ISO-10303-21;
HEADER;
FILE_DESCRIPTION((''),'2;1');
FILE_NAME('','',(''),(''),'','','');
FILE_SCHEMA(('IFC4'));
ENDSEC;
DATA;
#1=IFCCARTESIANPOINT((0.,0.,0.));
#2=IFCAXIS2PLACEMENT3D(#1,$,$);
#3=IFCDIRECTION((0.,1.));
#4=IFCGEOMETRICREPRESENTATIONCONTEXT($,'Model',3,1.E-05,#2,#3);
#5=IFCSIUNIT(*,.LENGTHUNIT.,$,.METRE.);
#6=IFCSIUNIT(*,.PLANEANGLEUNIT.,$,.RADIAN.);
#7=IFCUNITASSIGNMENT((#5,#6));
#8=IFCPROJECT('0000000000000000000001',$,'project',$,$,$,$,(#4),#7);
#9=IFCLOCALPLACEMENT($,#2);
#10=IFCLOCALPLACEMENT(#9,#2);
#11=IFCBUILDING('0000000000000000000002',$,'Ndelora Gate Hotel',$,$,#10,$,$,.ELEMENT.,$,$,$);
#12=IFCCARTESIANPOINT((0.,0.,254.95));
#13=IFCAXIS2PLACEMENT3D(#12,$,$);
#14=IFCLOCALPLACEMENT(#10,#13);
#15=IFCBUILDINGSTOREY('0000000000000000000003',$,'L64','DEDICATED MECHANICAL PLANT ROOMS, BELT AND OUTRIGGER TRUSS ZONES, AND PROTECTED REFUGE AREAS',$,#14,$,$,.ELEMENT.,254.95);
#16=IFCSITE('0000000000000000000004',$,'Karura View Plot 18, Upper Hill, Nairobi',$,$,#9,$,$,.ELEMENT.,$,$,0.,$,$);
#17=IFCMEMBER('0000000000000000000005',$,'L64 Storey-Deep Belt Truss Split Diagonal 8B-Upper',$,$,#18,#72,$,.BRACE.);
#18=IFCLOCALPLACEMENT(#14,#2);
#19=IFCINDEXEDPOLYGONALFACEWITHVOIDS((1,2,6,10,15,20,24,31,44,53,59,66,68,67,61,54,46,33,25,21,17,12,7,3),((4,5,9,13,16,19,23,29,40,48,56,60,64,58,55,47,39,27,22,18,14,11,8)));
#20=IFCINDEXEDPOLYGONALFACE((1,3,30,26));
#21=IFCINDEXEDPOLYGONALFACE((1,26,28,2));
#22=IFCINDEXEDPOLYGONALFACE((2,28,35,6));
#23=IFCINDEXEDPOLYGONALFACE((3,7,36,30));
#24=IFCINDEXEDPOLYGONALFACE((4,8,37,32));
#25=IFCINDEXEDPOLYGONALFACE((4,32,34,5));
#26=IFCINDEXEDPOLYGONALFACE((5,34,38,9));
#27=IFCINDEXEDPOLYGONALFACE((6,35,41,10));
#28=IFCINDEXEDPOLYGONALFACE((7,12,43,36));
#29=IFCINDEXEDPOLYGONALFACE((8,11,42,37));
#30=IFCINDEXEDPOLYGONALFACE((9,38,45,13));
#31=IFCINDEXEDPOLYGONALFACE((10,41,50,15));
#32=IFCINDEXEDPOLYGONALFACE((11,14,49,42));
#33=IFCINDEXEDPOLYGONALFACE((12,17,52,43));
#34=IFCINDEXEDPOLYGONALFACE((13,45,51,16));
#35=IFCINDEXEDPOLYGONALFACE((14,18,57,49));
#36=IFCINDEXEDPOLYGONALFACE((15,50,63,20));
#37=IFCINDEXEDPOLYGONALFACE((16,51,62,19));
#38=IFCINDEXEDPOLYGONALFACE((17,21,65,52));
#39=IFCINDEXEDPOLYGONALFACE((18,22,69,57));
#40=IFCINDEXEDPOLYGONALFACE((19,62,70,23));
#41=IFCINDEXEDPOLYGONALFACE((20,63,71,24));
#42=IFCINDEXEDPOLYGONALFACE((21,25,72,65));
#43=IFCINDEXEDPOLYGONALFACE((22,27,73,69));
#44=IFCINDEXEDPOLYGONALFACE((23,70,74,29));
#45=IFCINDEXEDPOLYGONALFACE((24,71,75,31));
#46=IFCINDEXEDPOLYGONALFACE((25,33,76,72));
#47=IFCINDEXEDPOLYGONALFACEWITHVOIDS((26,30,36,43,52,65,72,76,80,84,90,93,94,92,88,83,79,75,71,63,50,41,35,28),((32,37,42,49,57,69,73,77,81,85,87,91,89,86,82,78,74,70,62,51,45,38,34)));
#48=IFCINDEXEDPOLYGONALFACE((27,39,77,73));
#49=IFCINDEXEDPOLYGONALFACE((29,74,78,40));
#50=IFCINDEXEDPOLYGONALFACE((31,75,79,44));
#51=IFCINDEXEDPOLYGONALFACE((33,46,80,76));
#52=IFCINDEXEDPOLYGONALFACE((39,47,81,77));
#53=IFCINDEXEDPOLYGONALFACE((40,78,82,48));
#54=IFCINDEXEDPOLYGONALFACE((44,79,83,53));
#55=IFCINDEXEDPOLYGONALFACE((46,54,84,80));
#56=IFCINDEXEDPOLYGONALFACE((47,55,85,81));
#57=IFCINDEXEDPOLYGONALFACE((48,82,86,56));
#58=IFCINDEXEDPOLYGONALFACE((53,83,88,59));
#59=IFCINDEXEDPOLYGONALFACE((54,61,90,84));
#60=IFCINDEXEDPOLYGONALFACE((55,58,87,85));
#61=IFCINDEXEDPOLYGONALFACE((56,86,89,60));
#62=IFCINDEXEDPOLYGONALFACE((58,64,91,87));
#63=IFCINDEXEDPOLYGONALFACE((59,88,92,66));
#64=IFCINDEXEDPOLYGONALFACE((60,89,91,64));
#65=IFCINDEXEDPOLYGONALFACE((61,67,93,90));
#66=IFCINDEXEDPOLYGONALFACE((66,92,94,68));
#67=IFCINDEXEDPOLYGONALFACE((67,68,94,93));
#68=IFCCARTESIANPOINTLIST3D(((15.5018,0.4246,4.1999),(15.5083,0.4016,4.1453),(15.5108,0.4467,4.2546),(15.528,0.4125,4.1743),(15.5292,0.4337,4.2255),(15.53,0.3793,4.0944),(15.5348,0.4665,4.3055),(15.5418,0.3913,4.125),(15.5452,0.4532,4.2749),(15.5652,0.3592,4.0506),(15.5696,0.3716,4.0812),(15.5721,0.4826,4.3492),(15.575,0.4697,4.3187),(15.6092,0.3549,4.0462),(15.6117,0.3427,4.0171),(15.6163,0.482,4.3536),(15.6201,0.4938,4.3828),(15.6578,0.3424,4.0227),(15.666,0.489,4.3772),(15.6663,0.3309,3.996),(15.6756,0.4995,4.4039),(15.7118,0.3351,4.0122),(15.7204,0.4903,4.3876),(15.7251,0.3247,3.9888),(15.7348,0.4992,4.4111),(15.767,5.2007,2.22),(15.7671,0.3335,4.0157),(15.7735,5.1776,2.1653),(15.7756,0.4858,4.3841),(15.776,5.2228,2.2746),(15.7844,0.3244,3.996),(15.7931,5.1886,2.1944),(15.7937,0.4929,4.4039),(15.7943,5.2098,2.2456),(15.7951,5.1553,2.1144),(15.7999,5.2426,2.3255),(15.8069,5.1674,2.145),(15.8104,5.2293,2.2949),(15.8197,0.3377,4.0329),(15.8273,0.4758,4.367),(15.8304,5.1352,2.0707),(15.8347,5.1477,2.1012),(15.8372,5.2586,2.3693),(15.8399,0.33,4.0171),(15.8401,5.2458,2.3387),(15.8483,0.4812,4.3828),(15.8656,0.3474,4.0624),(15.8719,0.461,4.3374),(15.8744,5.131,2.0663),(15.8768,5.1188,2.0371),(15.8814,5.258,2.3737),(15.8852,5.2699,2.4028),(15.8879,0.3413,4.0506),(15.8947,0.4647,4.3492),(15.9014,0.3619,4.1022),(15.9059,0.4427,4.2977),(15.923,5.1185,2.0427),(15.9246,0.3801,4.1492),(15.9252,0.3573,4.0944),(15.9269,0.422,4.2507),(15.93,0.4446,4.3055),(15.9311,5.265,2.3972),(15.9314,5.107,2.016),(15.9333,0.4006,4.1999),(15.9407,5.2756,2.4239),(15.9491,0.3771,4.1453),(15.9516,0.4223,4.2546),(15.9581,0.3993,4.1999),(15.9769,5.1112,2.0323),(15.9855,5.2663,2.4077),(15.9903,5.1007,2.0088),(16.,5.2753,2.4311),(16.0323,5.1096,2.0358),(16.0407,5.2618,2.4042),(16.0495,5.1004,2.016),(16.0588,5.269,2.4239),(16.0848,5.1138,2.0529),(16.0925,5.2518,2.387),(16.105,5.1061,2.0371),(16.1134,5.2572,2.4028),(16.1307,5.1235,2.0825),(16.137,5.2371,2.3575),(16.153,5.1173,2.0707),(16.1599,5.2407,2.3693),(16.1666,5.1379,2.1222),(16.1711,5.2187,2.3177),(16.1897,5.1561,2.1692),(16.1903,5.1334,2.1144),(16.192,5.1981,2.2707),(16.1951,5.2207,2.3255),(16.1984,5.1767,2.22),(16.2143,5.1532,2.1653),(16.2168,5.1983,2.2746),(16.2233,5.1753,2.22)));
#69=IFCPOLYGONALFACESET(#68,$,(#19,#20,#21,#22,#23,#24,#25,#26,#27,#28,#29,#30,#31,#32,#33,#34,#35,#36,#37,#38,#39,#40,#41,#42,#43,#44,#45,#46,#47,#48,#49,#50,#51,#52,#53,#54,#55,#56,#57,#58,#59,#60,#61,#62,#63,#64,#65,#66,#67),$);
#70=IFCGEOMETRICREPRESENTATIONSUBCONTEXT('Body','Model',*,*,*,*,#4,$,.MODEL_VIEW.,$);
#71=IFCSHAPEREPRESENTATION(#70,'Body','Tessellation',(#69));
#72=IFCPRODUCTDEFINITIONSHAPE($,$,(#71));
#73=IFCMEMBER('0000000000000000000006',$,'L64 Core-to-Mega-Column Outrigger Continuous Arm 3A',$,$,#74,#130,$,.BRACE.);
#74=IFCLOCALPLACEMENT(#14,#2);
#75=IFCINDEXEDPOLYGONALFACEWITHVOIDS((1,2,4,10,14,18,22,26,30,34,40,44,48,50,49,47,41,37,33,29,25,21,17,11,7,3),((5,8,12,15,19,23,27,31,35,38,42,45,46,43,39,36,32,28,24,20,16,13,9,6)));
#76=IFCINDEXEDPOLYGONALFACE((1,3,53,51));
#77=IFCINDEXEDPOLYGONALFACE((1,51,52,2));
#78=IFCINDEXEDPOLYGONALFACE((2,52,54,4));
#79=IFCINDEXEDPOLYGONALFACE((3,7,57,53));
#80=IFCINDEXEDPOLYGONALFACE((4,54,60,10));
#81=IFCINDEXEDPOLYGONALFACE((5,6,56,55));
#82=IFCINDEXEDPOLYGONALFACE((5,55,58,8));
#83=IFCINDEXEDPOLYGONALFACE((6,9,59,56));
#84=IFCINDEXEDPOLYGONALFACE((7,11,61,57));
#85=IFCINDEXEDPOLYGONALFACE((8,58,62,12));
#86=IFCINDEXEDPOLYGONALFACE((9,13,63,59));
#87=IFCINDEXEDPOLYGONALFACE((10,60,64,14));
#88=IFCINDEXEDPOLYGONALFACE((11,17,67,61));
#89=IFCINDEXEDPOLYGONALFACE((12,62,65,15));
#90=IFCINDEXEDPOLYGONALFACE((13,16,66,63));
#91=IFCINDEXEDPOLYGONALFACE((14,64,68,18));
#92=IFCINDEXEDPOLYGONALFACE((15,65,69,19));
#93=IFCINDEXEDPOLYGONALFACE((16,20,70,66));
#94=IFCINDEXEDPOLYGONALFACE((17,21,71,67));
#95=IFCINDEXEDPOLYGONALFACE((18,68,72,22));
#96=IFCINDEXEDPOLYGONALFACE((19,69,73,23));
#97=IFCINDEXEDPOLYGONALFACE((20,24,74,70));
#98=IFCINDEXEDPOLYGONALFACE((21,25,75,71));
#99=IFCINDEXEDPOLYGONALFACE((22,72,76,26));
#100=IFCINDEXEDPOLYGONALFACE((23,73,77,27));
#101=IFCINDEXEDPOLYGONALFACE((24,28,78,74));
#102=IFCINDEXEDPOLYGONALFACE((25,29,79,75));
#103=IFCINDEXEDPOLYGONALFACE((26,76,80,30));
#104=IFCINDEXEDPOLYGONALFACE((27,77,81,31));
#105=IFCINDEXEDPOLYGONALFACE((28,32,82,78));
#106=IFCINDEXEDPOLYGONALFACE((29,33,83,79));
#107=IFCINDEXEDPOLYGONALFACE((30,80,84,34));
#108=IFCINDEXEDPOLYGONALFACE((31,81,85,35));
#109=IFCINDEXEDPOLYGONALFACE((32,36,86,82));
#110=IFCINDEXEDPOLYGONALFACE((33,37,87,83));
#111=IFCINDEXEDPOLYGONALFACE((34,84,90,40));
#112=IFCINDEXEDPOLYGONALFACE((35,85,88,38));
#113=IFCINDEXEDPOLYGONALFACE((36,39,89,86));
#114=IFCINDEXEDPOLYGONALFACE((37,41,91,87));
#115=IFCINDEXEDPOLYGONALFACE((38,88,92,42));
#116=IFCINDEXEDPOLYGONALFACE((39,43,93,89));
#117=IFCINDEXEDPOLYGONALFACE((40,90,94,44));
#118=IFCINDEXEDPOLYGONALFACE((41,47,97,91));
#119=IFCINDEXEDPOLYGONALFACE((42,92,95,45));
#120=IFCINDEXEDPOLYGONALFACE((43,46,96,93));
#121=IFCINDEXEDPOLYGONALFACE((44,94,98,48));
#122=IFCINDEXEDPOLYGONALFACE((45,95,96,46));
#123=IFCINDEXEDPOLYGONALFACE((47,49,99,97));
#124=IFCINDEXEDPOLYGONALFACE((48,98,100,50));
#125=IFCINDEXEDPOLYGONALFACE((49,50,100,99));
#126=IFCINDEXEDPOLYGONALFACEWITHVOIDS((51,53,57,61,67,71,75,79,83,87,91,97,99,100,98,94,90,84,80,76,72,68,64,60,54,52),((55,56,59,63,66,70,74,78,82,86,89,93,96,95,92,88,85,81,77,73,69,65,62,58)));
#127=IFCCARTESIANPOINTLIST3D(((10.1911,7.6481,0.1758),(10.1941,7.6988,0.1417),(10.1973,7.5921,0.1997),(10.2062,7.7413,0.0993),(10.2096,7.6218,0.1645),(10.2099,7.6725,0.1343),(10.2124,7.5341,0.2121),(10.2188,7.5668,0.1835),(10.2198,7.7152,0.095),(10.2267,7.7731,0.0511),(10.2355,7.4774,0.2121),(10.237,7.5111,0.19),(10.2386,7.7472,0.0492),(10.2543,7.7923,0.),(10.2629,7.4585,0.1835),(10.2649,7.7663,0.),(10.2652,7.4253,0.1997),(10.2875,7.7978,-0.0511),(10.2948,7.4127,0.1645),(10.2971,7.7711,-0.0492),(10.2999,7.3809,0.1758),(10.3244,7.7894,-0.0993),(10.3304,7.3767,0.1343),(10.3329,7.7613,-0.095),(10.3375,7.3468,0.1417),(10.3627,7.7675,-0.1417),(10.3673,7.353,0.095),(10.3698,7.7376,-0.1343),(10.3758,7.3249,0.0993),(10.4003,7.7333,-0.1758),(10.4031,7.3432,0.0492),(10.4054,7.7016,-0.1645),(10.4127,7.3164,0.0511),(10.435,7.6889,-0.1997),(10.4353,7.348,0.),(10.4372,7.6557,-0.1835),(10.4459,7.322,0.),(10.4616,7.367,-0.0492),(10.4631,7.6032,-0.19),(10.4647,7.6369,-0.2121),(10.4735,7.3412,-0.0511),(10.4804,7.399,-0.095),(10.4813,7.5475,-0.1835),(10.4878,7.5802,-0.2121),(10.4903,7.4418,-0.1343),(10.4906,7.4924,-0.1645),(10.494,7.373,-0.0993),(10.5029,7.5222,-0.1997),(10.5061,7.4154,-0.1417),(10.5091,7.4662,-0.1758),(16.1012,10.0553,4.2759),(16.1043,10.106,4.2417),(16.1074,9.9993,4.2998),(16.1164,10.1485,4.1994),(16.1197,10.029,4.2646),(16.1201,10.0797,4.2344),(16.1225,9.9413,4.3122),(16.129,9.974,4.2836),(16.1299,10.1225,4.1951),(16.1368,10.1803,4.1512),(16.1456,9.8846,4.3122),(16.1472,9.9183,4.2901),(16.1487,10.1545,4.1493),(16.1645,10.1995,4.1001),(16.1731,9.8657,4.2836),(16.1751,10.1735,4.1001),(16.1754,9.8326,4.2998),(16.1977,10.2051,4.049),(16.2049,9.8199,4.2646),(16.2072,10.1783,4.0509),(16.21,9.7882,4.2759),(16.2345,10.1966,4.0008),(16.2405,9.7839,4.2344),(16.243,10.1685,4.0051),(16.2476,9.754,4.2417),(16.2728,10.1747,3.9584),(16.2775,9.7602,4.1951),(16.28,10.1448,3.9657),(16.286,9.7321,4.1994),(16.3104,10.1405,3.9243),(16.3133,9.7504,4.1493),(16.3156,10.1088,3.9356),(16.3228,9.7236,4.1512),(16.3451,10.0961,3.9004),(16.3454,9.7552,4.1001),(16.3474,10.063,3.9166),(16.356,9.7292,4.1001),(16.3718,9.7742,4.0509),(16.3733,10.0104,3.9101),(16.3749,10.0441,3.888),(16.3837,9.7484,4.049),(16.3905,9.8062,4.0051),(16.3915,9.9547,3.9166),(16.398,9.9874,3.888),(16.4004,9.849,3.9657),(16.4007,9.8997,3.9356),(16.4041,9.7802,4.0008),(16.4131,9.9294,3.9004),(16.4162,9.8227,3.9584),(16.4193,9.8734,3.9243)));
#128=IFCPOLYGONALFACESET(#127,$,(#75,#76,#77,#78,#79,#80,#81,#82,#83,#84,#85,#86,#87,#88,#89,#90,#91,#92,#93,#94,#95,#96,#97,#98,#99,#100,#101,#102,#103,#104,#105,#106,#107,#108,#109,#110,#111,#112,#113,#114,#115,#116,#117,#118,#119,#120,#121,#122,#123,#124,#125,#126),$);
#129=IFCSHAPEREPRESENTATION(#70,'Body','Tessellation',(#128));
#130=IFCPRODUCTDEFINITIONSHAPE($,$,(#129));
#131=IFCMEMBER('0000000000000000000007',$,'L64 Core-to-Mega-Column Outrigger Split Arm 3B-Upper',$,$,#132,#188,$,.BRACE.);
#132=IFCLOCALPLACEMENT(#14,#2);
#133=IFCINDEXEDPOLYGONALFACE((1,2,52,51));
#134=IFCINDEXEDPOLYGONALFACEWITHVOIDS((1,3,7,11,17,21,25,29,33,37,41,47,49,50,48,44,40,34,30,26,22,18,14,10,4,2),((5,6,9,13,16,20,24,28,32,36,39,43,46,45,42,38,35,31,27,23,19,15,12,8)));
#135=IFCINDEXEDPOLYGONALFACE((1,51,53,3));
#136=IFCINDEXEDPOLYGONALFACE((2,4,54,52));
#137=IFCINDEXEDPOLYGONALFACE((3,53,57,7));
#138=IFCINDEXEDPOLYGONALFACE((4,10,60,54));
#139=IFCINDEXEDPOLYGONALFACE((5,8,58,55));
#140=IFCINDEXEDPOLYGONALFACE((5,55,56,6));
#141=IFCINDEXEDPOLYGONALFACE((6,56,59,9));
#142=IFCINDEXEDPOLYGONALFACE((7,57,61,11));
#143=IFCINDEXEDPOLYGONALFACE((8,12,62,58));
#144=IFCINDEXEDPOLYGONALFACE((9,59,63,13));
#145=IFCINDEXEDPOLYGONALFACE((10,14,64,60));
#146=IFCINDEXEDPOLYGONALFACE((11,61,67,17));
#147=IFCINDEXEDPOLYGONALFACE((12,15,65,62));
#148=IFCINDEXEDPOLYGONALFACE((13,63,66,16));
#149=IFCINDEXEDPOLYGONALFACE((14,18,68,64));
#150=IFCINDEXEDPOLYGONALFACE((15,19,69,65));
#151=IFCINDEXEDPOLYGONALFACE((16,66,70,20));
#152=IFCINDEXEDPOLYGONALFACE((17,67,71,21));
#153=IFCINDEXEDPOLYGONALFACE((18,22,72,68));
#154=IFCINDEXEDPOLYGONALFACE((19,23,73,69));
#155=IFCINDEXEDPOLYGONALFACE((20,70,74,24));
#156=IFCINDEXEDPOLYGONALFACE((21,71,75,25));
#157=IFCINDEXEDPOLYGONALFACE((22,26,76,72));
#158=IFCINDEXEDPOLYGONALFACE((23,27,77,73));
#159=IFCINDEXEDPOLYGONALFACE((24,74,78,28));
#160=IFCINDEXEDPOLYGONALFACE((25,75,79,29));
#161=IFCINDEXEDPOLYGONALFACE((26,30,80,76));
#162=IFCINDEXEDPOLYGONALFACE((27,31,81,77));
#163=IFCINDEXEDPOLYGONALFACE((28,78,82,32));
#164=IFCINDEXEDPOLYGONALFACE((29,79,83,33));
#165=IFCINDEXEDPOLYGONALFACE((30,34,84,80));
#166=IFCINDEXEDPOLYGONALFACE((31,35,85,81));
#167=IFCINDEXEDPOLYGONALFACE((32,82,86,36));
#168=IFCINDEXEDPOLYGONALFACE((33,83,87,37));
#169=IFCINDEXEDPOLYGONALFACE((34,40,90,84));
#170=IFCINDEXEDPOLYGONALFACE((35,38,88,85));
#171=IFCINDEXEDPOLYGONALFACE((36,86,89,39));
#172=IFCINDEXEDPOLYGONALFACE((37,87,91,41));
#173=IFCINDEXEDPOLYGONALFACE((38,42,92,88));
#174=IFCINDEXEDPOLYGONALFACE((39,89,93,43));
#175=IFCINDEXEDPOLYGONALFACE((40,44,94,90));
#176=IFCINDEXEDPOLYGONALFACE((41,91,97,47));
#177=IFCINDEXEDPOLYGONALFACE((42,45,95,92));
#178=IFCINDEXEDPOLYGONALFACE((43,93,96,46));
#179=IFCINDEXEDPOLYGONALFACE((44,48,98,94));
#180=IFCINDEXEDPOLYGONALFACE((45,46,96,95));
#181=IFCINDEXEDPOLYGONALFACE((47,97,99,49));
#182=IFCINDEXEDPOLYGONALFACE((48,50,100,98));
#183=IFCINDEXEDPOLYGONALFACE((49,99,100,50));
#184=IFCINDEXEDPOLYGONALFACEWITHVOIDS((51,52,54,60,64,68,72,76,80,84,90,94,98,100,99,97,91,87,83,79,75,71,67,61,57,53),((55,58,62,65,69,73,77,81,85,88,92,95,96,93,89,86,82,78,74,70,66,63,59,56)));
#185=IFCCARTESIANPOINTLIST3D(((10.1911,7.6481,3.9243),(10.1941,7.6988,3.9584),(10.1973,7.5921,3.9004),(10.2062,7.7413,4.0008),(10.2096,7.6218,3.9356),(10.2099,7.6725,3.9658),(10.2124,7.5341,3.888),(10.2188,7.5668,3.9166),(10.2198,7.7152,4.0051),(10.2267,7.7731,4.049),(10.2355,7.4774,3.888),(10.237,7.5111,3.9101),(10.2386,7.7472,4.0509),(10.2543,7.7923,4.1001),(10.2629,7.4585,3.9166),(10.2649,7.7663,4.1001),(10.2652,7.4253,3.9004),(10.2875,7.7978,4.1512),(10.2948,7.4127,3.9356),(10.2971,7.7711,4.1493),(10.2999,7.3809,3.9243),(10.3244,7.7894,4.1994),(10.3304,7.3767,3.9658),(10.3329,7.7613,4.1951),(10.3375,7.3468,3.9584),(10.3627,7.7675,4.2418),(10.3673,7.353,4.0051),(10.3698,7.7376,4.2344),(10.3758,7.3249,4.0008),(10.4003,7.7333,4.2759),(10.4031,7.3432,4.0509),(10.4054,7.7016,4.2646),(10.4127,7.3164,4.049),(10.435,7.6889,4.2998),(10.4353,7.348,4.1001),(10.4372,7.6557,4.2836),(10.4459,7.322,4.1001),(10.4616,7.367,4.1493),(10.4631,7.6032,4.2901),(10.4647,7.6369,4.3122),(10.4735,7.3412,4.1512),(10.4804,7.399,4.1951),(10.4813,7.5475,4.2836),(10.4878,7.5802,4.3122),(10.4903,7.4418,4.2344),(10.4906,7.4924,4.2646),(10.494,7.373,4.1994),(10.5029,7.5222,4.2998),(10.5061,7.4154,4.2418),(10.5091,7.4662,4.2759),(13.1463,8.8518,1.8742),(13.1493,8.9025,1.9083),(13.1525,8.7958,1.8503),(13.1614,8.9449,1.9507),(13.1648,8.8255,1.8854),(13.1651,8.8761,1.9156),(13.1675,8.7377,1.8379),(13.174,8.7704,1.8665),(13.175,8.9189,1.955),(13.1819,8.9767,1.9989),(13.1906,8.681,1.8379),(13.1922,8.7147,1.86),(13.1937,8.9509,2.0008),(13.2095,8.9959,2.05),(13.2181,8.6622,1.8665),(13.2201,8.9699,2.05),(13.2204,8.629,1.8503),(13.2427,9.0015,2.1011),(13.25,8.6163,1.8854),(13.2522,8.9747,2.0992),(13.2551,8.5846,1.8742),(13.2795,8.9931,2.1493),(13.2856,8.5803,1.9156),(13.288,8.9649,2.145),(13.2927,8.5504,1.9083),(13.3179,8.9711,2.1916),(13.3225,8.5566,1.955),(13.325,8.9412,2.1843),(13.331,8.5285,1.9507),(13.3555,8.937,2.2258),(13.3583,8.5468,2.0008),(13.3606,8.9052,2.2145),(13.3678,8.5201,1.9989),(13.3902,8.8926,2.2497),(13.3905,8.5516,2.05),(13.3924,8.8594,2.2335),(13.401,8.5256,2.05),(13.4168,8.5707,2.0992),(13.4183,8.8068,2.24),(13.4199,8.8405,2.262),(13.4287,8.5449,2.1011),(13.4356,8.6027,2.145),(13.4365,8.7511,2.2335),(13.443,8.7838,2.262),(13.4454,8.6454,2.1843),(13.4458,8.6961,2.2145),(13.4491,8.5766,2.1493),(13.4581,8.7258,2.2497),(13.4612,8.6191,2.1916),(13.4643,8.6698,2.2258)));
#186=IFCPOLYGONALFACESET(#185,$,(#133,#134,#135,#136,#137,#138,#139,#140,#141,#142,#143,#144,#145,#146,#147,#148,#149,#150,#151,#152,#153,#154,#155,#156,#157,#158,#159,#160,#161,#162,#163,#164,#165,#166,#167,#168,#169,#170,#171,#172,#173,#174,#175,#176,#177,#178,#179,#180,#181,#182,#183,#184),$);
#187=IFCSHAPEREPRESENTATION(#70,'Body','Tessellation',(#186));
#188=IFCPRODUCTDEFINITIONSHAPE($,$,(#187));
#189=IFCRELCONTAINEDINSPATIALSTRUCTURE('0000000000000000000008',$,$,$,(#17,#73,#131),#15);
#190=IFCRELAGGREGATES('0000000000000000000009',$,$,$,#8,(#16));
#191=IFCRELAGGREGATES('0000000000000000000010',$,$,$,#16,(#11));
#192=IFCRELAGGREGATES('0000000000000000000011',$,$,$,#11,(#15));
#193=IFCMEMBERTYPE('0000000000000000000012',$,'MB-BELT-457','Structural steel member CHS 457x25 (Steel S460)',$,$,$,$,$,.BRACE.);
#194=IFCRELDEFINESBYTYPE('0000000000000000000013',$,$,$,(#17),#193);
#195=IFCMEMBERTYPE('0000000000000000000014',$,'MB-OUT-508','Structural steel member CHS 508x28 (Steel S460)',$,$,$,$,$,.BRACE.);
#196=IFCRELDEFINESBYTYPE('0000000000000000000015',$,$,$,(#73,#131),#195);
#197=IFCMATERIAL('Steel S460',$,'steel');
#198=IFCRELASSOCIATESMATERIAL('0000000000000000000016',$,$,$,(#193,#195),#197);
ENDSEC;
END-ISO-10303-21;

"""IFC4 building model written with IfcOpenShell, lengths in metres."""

from ifc_helpers import new_model, si_unit, direction, frame, origin, origin_2d, place, context, subcontext, project, spatial, hollow_circle, extrude, material, material_profile, profile_set, type_object, element, save


model = new_model("IFC4")

# Units and contexts
model_context = context("Model", 3, precision=1e-05, world=origin(), true_north=direction((0.0, 1.0)))
body_context = subcontext(model_context, "Body", "Model", "MODEL_VIEW")
ifc_project = project(units=[si_unit("LENGTHUNIT", "METRE"), si_unit("PLANEANGLEUNIT", "RADIAN")], contexts=[model_context])

# Site, building, storey
site_placement = place(None, origin())
site = spatial("IfcSite", under=ifc_project, at=site_placement, Name="Karura View Plot 18, Upper Hill, Nairobi", CompositionType="ELEMENT", RefElevation=0.0)
building_placement = place(site_placement, origin())
building = spatial("IfcBuilding", under=site, at=building_placement, Name="Ndelora Gate Hotel", CompositionType="ELEMENT")
storey_placement = place(building_placement, frame((0.0, 0.0, 254.95)))
storey = spatial("IfcBuildingStorey", under=building, at=storey_placement, Name="L64", Description="DEDICATED MECHANICAL PLANT ROOMS, BELT AND OUTRIGGER TRUSS ZONES, AND PROTECTED REFUGE AREAS", CompositionType="ELEMENT", Elevation=254.95)

# Shared definitions
ifc_material_1 = material(Name="Steel S460", Category="steel")

# Members
ifc_material_profile_1 = material_profile(ifc_material_1, hollow_circle(Radius=0.2285, WallThickness=0.0249, at=origin_2d()), Name="CHS 457x25")
ifc_profile_set_1 = profile_set([ifc_material_profile_1], Name="Steel S460")
member_type_1 = type_object("IfcMemberType", Name="MB-BELT-457", Description="Structural steel member CHS 457x25 (Steel S460)", PredefinedType="BRACE", material=ifc_profile_set_1)
member_1_placement = place(storey_placement, frame((15.9951, 5.188, 2.22), z_axis=(-0.051214, -0.922555, 0.382453), x_axis=(0.998463, -0.055428, 0.0)))
element("IfcMember", 1, at=member_1_placement, inside=storey, type_object=member_type_1, Name="L64 Storey-Deep Belt Truss Split Diagonal 8B-Upper", PredefinedType="BRACE", context=body_context, shape_type="SweptSolid", body=[
    extrude(hollow_circle(Radius=0.2285, WallThickness=0.0249, at=origin_2d()), origin(), (0.0, 0.0, 1.0), 5.177),
])
ifc_material_profile_2 = material_profile(ifc_material_1, hollow_circle(Radius=0.2539, WallThickness=0.0281, at=origin_2d()), Name="CHS 508x28")
ifc_profile_set_2 = profile_set([ifc_material_profile_2], Name="Steel S460")
member_type_2 = type_object("IfcMemberType", Name="MB-OUT-508", Description="Structural steel member CHS 508x28 (Steel S460)", PredefinedType="BRACE", material=ifc_profile_set_2)
member_2_placement = place(storey_placement, frame((10.3501, 7.5571, 0.0), z_axis=(0.779168, 0.317358, 0.540538), x_axis=(-0.377214, 0.926126, 0.0)))
element("IfcMember", 2, at=member_2_placement, inside=storey, type_object=member_type_2, Name="L64 Core-to-Mega-Column Outrigger Continuous Arm 3A", PredefinedType="BRACE", context=body_context, shape_type="SweptSolid", body=[
    extrude(hollow_circle(Radius=0.2539, WallThickness=0.0281, at=origin_2d()), origin(), (0.0, 0.0, 1.0), 7.5852),
])
member_3_placement = place(storey_placement, frame((10.3501, 7.5571, 4.1001), z_axis=(0.779168, 0.317358, -0.540538), x_axis=(-0.377214, 0.926126, 0.0)))
element("IfcMember", 3, at=member_3_placement, inside=storey, type_object=member_type_2, Name="L64 Core-to-Mega-Column Outrigger Split Arm 3B-Upper", PredefinedType="BRACE", context=body_context, shape_type="SweptSolid", body=[
    extrude(hollow_circle(Radius=0.2539, WallThickness=0.0281, at=origin_2d()), origin(), (0.0, 0.0, 1.0), 3.7927),
])

save(model, "model.ifc")
